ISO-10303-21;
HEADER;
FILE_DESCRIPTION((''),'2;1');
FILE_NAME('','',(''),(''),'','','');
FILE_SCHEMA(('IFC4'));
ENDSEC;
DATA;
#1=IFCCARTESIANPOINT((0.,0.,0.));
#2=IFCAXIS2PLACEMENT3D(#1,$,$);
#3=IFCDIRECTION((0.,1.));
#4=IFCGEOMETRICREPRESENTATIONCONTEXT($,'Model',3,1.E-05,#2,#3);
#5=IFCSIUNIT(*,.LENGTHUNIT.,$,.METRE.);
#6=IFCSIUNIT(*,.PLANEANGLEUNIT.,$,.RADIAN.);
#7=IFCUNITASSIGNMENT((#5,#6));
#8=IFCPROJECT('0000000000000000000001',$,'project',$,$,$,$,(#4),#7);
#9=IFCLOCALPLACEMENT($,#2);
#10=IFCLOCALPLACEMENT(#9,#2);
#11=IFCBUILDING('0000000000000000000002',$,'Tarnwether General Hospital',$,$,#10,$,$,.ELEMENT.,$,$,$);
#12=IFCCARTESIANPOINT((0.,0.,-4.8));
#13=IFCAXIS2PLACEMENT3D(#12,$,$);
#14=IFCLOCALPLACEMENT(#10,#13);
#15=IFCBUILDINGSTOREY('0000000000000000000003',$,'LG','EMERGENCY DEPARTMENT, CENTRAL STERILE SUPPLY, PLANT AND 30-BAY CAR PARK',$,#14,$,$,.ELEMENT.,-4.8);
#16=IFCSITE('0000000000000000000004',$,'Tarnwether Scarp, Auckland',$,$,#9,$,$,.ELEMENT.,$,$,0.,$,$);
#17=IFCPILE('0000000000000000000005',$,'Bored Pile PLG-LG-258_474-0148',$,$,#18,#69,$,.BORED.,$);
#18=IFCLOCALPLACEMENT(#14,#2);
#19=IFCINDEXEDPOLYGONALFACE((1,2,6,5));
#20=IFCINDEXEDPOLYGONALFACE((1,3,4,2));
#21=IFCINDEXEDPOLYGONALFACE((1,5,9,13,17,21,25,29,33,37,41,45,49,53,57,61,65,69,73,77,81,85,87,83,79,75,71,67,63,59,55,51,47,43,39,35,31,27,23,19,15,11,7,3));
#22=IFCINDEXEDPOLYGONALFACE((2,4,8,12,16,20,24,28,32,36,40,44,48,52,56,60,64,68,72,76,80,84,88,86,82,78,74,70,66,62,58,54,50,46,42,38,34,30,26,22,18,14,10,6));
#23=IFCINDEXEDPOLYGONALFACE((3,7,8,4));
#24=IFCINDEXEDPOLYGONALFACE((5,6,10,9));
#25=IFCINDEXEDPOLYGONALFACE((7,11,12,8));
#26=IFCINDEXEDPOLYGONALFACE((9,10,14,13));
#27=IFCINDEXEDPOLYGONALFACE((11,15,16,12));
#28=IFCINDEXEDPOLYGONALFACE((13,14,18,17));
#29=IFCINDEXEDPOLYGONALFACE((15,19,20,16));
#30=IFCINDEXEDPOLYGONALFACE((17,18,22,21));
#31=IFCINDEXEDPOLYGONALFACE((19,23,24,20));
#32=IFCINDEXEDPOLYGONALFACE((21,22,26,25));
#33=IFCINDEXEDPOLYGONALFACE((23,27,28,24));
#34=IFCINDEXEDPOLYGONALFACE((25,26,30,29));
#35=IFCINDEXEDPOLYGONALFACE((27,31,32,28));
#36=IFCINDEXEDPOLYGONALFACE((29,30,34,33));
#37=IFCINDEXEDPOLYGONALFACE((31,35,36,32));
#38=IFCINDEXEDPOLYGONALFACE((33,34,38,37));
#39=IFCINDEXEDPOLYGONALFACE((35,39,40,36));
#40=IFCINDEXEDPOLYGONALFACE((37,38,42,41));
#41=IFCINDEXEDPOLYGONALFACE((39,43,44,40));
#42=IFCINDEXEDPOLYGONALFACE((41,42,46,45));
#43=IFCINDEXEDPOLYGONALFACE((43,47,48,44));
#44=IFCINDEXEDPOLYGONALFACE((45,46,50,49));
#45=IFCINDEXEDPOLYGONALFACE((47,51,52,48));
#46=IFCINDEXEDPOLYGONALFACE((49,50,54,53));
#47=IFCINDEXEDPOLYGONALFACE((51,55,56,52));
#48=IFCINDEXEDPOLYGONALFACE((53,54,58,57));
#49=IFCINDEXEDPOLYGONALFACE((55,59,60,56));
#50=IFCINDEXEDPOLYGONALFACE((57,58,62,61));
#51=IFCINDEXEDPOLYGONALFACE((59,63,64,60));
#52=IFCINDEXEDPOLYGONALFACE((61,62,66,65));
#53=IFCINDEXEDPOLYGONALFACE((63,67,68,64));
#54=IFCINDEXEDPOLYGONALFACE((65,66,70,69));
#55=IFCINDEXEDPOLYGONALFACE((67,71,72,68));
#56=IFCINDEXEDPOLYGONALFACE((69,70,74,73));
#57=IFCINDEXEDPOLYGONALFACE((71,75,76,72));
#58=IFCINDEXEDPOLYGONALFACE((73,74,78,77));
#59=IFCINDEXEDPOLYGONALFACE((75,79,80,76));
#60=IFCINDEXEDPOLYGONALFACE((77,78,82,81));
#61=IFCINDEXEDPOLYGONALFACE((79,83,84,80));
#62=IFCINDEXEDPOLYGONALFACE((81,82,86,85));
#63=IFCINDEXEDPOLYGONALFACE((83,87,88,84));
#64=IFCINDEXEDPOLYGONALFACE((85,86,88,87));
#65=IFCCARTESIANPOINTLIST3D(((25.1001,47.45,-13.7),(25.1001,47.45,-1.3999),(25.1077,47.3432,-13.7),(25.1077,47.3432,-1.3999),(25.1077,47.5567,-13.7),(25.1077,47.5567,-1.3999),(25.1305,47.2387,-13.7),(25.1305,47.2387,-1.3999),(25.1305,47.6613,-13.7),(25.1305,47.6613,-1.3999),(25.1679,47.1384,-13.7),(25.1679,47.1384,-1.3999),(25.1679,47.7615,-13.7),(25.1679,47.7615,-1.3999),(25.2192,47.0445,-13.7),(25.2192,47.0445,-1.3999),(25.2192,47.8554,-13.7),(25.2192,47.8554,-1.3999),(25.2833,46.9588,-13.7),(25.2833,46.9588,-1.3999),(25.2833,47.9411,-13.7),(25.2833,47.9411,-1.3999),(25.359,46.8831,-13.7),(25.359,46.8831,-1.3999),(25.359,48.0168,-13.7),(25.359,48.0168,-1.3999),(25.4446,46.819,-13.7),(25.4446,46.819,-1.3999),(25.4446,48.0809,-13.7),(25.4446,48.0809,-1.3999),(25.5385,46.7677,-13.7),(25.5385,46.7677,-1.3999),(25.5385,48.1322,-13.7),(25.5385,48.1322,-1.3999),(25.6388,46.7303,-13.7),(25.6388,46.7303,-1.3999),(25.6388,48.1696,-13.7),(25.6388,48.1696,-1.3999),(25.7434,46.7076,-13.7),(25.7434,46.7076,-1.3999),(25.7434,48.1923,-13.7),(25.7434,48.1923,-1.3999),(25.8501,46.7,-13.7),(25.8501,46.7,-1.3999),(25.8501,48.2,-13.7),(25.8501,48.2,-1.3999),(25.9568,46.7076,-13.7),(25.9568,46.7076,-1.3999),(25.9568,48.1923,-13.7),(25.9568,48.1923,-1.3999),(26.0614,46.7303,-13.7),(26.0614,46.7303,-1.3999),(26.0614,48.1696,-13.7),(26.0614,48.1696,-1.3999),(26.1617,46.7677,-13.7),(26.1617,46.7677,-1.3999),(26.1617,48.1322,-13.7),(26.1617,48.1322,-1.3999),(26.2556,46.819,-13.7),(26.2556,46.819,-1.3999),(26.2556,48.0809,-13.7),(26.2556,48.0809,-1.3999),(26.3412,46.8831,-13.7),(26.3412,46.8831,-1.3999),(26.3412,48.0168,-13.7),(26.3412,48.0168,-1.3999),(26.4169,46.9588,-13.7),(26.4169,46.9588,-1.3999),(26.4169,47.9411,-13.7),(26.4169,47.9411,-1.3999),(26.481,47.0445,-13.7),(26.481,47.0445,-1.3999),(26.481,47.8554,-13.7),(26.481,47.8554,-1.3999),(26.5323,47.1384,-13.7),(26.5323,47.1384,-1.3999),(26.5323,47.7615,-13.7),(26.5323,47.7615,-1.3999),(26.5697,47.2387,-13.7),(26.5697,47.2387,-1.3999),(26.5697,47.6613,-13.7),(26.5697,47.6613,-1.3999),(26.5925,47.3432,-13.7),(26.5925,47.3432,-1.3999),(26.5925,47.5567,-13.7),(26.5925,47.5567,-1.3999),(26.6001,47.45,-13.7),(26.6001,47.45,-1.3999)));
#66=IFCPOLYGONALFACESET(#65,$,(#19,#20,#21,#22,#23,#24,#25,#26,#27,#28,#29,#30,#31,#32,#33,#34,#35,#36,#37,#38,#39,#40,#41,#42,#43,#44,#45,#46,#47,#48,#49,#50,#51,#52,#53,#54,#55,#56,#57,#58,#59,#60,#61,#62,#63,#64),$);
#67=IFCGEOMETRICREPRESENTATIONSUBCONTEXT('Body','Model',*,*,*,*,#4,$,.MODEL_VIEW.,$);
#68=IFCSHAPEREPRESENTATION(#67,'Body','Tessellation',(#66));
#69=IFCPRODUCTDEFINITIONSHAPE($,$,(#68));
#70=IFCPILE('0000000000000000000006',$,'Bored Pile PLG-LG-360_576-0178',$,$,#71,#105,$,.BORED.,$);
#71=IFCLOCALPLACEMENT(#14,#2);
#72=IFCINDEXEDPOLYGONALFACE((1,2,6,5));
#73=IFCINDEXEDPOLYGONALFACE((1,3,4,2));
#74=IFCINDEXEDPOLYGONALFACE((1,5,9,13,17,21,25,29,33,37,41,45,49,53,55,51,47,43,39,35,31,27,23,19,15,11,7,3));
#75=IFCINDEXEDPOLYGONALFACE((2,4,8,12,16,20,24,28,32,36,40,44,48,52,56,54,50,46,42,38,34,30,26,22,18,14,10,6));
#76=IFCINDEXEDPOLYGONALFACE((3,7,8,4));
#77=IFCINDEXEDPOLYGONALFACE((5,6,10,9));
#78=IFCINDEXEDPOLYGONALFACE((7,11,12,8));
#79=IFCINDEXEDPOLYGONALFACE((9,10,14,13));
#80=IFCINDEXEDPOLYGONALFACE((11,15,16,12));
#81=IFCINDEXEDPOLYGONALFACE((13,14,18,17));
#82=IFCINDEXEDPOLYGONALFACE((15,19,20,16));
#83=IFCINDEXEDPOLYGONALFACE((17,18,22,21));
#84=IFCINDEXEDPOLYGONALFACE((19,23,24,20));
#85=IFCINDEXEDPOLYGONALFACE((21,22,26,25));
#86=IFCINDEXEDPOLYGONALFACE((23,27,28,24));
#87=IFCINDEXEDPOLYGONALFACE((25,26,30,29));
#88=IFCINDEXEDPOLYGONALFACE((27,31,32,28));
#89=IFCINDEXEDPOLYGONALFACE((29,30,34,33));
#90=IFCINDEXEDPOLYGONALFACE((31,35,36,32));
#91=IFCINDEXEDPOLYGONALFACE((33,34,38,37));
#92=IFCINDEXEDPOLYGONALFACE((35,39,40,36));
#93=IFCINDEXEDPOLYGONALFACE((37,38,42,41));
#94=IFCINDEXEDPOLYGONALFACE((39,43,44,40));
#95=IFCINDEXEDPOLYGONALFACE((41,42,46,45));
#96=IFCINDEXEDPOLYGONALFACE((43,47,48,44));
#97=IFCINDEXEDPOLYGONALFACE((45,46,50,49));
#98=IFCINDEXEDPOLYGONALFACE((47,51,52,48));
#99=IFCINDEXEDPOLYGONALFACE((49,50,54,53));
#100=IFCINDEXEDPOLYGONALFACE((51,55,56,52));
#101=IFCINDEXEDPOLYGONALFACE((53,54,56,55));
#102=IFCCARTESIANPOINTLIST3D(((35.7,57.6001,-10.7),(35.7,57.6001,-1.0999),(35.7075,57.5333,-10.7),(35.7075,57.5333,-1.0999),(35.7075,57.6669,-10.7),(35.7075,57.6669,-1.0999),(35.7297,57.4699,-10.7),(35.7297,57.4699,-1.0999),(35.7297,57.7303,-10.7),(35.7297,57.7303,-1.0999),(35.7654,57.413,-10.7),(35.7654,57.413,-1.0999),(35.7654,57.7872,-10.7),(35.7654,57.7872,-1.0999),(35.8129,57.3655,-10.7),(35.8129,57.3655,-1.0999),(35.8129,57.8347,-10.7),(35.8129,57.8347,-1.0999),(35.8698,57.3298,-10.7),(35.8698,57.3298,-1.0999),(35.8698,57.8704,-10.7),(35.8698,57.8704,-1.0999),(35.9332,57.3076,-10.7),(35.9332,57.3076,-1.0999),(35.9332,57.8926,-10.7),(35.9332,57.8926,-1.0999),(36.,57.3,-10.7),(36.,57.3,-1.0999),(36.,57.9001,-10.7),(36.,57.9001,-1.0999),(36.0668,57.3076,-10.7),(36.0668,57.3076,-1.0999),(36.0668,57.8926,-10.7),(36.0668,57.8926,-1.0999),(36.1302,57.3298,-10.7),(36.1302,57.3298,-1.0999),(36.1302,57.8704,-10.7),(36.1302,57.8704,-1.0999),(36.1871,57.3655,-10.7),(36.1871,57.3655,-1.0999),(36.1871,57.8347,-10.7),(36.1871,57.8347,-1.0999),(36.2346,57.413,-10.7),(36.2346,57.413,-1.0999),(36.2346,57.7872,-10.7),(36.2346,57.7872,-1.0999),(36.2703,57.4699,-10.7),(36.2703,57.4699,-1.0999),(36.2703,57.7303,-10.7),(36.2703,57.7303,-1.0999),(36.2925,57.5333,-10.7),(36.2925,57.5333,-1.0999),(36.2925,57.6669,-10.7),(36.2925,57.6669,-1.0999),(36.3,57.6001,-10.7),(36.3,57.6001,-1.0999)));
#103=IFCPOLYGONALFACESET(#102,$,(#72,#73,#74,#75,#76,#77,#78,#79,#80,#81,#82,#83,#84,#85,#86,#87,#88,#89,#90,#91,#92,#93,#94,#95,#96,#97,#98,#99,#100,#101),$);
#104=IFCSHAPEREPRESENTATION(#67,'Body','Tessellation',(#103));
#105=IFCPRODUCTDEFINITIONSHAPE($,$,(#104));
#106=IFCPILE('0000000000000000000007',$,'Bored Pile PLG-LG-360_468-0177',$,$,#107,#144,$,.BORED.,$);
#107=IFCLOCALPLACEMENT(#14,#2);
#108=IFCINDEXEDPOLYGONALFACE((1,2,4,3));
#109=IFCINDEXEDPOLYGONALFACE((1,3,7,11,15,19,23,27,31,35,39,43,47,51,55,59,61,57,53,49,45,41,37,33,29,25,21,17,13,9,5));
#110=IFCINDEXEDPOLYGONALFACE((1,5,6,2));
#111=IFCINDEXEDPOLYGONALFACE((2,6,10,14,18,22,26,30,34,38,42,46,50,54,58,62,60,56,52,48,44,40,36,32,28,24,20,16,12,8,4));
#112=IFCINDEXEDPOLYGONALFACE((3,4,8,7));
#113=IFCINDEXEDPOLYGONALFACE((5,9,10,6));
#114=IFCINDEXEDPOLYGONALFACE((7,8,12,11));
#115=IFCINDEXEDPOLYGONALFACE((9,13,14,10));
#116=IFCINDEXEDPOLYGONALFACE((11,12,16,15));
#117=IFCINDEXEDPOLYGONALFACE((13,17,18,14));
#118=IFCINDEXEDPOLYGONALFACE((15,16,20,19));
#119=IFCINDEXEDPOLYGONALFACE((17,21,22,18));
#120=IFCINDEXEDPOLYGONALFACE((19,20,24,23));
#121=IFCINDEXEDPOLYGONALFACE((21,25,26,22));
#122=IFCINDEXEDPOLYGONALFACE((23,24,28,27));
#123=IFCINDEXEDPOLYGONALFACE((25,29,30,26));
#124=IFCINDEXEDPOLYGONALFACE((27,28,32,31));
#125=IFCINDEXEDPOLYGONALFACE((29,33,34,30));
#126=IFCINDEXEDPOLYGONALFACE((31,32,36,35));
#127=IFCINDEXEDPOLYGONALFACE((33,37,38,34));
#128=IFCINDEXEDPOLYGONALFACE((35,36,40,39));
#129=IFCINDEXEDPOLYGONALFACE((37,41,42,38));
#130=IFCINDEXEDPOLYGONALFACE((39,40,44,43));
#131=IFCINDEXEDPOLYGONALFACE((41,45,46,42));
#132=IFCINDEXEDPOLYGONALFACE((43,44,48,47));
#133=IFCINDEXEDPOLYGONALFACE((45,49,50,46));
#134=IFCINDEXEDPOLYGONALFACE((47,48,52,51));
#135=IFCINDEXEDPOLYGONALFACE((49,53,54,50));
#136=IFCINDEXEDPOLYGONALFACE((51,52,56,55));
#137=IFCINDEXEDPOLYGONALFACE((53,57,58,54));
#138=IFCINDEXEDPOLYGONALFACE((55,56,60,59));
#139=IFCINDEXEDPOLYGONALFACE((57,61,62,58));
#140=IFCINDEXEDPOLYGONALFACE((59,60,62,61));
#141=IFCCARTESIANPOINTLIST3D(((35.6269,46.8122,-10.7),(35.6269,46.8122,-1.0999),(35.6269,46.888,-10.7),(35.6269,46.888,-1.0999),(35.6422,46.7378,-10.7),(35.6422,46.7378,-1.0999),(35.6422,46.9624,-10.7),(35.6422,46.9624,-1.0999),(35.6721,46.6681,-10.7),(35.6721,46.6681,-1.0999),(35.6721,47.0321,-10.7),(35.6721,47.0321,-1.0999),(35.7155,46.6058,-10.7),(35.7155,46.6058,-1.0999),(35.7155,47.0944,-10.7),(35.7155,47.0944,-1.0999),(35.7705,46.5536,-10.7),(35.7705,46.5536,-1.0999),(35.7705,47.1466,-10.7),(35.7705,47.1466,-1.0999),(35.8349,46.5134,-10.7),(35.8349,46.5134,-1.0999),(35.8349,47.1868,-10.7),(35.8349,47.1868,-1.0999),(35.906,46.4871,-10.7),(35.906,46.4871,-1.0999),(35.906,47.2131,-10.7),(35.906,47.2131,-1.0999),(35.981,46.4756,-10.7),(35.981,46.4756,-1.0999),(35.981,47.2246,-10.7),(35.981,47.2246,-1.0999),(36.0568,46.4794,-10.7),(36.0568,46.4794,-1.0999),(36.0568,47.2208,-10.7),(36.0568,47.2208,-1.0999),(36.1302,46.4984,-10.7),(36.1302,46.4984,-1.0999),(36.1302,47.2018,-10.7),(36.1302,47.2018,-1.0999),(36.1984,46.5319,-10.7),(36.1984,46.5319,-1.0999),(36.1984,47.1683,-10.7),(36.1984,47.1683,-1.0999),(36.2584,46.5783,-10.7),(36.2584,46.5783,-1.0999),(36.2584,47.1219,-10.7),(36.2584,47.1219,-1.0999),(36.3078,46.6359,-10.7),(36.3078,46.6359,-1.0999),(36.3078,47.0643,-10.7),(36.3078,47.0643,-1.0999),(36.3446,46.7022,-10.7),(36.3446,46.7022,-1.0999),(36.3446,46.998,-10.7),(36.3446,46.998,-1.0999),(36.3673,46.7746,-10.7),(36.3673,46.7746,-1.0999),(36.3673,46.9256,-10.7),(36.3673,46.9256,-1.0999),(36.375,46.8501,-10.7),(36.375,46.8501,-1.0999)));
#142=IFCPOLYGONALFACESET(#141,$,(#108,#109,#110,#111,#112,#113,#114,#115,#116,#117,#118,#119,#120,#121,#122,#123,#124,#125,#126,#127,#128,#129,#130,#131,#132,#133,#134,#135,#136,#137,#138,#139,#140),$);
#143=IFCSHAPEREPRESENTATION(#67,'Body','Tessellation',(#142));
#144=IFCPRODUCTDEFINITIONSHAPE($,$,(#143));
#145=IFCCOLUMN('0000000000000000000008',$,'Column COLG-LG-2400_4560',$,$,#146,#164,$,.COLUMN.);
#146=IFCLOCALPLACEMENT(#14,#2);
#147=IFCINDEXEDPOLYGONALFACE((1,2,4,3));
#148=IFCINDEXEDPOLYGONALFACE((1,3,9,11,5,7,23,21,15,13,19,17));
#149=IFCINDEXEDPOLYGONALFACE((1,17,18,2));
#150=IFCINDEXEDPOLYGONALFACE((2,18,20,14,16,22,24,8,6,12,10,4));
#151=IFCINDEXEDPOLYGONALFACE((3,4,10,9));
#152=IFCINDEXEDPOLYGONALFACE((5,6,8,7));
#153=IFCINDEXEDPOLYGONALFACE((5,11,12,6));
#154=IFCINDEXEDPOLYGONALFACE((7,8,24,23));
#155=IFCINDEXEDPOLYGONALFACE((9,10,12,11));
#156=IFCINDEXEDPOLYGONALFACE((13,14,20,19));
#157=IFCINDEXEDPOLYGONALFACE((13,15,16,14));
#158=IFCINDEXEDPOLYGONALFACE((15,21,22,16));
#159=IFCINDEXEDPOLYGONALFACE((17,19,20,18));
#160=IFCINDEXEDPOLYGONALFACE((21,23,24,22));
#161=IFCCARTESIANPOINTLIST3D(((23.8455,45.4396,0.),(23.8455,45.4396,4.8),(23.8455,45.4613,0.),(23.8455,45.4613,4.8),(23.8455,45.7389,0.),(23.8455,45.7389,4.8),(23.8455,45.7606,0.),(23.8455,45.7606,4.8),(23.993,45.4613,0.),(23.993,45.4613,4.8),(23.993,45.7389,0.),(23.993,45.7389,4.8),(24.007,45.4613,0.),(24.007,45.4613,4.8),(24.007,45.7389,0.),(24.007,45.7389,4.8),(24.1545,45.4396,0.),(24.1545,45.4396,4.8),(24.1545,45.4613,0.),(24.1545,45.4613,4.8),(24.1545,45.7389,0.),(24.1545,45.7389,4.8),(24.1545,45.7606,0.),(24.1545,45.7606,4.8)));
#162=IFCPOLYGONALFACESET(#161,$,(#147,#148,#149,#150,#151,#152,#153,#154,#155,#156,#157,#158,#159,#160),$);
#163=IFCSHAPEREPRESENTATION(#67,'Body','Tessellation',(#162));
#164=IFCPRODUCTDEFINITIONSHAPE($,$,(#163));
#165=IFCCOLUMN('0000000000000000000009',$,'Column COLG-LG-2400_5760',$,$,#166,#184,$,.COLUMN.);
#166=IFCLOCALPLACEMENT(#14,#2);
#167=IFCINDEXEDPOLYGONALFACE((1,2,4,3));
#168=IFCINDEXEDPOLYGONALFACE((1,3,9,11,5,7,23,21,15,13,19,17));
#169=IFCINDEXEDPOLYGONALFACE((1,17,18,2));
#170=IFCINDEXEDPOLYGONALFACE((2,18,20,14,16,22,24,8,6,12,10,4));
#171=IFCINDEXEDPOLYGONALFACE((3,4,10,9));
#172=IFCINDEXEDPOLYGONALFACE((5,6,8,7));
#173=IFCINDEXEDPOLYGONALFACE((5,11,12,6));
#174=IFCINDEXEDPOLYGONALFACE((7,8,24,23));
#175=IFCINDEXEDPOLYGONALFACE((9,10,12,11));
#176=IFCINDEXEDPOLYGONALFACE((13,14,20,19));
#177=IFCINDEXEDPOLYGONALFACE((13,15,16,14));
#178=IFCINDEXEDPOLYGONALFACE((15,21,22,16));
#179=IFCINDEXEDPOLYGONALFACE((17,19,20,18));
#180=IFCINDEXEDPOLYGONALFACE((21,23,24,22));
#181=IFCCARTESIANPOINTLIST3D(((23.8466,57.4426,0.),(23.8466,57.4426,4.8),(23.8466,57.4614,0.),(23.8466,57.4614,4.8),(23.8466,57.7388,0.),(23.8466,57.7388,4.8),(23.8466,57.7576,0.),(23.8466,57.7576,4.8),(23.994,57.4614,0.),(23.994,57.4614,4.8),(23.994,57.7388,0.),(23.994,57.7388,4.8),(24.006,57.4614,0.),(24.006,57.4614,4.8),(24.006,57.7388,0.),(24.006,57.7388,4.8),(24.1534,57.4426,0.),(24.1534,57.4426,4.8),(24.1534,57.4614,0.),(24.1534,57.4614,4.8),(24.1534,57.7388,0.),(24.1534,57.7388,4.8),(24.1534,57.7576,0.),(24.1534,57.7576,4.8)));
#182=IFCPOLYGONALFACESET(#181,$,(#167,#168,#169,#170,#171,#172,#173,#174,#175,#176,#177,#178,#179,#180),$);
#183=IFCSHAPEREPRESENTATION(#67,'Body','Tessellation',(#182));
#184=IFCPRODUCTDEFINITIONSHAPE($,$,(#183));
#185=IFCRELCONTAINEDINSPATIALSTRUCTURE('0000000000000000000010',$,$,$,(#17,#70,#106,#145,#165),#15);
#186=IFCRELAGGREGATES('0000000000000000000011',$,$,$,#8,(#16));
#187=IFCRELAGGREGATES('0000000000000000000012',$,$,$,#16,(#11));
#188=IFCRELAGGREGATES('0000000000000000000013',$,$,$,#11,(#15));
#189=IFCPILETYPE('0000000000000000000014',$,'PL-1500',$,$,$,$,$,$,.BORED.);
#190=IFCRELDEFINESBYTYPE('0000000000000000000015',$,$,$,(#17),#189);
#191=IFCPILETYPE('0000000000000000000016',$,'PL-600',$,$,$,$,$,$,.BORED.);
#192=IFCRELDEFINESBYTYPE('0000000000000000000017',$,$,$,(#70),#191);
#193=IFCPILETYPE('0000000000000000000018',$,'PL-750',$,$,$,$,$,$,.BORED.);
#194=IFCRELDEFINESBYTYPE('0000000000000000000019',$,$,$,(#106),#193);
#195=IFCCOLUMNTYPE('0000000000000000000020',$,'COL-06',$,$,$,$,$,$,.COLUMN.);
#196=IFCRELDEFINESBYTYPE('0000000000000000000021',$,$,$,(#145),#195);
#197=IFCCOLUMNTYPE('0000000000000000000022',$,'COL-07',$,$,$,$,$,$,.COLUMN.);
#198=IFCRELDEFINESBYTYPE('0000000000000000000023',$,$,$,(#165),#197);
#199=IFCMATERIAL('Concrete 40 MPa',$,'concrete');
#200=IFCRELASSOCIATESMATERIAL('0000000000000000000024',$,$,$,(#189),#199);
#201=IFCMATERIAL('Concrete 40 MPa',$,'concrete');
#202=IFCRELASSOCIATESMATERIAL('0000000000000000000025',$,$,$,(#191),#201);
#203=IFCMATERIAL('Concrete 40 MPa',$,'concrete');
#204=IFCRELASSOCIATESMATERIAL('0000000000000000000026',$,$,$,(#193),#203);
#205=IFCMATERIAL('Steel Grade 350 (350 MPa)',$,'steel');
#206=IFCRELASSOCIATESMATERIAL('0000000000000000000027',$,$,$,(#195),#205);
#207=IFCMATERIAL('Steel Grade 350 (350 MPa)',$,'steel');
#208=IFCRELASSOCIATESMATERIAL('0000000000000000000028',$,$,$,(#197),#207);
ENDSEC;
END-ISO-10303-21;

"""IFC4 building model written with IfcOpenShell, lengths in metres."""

from ifc_helpers import new_model, si_unit, direction, frame, origin, origin_2d, place, context, subcontext, project, spatial, circle, i_section, extrude, material, material_profile, profile_set, type_object, element, save


model = new_model("IFC4")

# Units and contexts
model_context = context("Model", 3, precision=1e-05, world=origin(), true_north=direction((0.0, 1.0)))
body_context = subcontext(model_context, "Body", "Model", "MODEL_VIEW")
ifc_project = project(units=[si_unit("LENGTHUNIT", "METRE"), si_unit("PLANEANGLEUNIT", "RADIAN")], contexts=[model_context])

# Site, building, storey
site_placement = place(None, origin())
site = spatial("IfcSite", under=ifc_project, at=site_placement, Name="Tarnwether Scarp, Auckland", CompositionType="ELEMENT", RefElevation=0.0)
building_placement = place(site_placement, origin())
building = spatial("IfcBuilding", under=site, at=building_placement, Name="Tarnwether General Hospital", CompositionType="ELEMENT")
storey_placement = place(building_placement, frame((0.0, 0.0, -4.8)))
storey = spatial("IfcBuildingStorey", under=building, at=storey_placement, Name="LG", Description="EMERGENCY DEPARTMENT, CENTRAL STERILE SUPPLY, PLANT AND 30-BAY CAR PARK", CompositionType="ELEMENT", Elevation=-4.8)

# Piles
ifc_material_1 = material(Name="Concrete 40 MPa", Category="concrete")
ifc_material_profile_1 = material_profile(ifc_material_1, circle(Radius=0.75, at=origin_2d()), Name="PILE-D1500")
ifc_profile_set_1 = profile_set([ifc_material_profile_1], Name="Concrete 40 MPa")
pile_type_1 = type_object("IfcPileType", Name="PL-1500", PredefinedType="BORED", material=ifc_profile_set_1)
pile_1_placement = place(storey_placement, frame((25.8501, 47.45, -1.3999), z_axis=(0.0, 0.0, -1.0), x_axis=(1.0, 0.0, 0.0)))
element("IfcPile", 1, at=pile_1_placement, inside=storey, type_object=pile_type_1, Name="Bored Pile PLG-LG-258_474-0148", PredefinedType="BORED", context=body_context, shape_type="SweptSolid", body=[
    extrude(circle(Radius=0.75, at=origin_2d()), origin(), (0.0, 0.0, 1.0), 12.3),
])
ifc_material_2 = material(Name="Concrete 40 MPa", Category="concrete")
ifc_material_profile_2 = material_profile(ifc_material_2, circle(Radius=0.3, at=origin_2d()), Name="PILE-D600")
ifc_profile_set_2 = profile_set([ifc_material_profile_2], Name="Concrete 40 MPa")
pile_type_2 = type_object("IfcPileType", Name="PL-600", PredefinedType="BORED", material=ifc_profile_set_2)
pile_2_placement = place(storey_placement, frame((36.0, 57.6001, -1.0999), z_axis=(0.0, 0.0, -1.0), x_axis=(1.0, 0.0, 0.0)))
element("IfcPile", 2, at=pile_2_placement, inside=storey, type_object=pile_type_2, Name="Bored Pile PLG-LG-360_576-0178", PredefinedType="BORED", context=body_context, shape_type="SweptSolid", body=[
    extrude(circle(Radius=0.3, at=origin_2d()), origin(), (0.0, 0.0, 1.0), 9.6001),
])
ifc_material_3 = material(Name="Concrete 40 MPa", Category="concrete")
ifc_material_profile_3 = material_profile(ifc_material_3, circle(Radius=0.375, at=origin_2d()), Name="PILE-D750")
ifc_profile_set_3 = profile_set([ifc_material_profile_3], Name="Concrete 40 MPa")
pile_type_3 = type_object("IfcPileType", Name="PL-750", PredefinedType="BORED", material=ifc_profile_set_3)
pile_3_placement = place(storey_placement, frame((36.0, 46.8501, -1.0999), z_axis=(0.0, 0.0, -1.0), x_axis=(1.0, 0.0, 0.0)))
element("IfcPile", 3, at=pile_3_placement, inside=storey, type_object=pile_type_3, Name="Bored Pile PLG-LG-360_468-0177", PredefinedType="BORED", context=body_context, shape_type="SweptSolid", body=[
    extrude(circle(Radius=0.375, at=origin_2d()), origin(), (0.0, 0.0, 1.0), 9.6001),
])

# Columns
ifc_material_4 = material(Name="Steel Grade 350 (350 MPa)", Category="steel")
ifc_material_profile_4 = material_profile(ifc_material_4, i_section(OverallWidth=0.3091, OverallDepth=0.321, WebThickness=0.0139, FlangeThickness=0.0217, at=origin_2d()), Name="310UC137")
ifc_profile_set_4 = profile_set([ifc_material_profile_4], Name="Steel Grade 350 (350 MPa)")
column_type_1 = type_object("IfcColumnType", Name="COL-06", PredefinedType="COLUMN", material=ifc_profile_set_4)
column_1_placement = place(storey_placement, frame((24.0, 45.6001, 0.0), z_axis=(0.0, 0.0, 1.0), x_axis=(1.0, 0.0, 0.0)))
element("IfcColumn", 4, at=column_1_placement, inside=storey, type_object=column_type_1, Name="Column COLG-LG-2400_4560", PredefinedType="COLUMN", context=body_context, shape_type="SweptSolid", body=[
    extrude(i_section(OverallWidth=0.3091, OverallDepth=0.321, WebThickness=0.0139, FlangeThickness=0.0217, at=origin_2d()), origin(), (0.0, 0.0, 1.0), 4.8),
])
ifc_material_5 = material(Name="Steel Grade 350 (350 MPa)", Category="steel")
ifc_material_profile_5 = material_profile(ifc_material_5, i_section(OverallWidth=0.3069, OverallDepth=0.3149, WebThickness=0.012, FlangeThickness=0.0188, at=origin_2d()), Name="310UC118")
ifc_profile_set_5 = profile_set([ifc_material_profile_5], Name="Steel Grade 350 (350 MPa)")
column_type_2 = type_object("IfcColumnType", Name="COL-07", PredefinedType="COLUMN", material=ifc_profile_set_5)
column_2_placement = place(storey_placement, frame((24.0, 57.6001, 0.0), z_axis=(0.0, 0.0, 1.0), x_axis=(1.0, 0.0, 0.0)))
element("IfcColumn", 5, at=column_2_placement, inside=storey, type_object=column_type_2, Name="Column COLG-LG-2400_5760", PredefinedType="COLUMN", context=body_context, shape_type="SweptSolid", body=[
    extrude(i_section(OverallWidth=0.3069, OverallDepth=0.3149, WebThickness=0.012, FlangeThickness=0.0188, at=origin_2d()), origin(), (0.0, 0.0, 1.0), 4.8),
])

save(model, "model.ifc")
